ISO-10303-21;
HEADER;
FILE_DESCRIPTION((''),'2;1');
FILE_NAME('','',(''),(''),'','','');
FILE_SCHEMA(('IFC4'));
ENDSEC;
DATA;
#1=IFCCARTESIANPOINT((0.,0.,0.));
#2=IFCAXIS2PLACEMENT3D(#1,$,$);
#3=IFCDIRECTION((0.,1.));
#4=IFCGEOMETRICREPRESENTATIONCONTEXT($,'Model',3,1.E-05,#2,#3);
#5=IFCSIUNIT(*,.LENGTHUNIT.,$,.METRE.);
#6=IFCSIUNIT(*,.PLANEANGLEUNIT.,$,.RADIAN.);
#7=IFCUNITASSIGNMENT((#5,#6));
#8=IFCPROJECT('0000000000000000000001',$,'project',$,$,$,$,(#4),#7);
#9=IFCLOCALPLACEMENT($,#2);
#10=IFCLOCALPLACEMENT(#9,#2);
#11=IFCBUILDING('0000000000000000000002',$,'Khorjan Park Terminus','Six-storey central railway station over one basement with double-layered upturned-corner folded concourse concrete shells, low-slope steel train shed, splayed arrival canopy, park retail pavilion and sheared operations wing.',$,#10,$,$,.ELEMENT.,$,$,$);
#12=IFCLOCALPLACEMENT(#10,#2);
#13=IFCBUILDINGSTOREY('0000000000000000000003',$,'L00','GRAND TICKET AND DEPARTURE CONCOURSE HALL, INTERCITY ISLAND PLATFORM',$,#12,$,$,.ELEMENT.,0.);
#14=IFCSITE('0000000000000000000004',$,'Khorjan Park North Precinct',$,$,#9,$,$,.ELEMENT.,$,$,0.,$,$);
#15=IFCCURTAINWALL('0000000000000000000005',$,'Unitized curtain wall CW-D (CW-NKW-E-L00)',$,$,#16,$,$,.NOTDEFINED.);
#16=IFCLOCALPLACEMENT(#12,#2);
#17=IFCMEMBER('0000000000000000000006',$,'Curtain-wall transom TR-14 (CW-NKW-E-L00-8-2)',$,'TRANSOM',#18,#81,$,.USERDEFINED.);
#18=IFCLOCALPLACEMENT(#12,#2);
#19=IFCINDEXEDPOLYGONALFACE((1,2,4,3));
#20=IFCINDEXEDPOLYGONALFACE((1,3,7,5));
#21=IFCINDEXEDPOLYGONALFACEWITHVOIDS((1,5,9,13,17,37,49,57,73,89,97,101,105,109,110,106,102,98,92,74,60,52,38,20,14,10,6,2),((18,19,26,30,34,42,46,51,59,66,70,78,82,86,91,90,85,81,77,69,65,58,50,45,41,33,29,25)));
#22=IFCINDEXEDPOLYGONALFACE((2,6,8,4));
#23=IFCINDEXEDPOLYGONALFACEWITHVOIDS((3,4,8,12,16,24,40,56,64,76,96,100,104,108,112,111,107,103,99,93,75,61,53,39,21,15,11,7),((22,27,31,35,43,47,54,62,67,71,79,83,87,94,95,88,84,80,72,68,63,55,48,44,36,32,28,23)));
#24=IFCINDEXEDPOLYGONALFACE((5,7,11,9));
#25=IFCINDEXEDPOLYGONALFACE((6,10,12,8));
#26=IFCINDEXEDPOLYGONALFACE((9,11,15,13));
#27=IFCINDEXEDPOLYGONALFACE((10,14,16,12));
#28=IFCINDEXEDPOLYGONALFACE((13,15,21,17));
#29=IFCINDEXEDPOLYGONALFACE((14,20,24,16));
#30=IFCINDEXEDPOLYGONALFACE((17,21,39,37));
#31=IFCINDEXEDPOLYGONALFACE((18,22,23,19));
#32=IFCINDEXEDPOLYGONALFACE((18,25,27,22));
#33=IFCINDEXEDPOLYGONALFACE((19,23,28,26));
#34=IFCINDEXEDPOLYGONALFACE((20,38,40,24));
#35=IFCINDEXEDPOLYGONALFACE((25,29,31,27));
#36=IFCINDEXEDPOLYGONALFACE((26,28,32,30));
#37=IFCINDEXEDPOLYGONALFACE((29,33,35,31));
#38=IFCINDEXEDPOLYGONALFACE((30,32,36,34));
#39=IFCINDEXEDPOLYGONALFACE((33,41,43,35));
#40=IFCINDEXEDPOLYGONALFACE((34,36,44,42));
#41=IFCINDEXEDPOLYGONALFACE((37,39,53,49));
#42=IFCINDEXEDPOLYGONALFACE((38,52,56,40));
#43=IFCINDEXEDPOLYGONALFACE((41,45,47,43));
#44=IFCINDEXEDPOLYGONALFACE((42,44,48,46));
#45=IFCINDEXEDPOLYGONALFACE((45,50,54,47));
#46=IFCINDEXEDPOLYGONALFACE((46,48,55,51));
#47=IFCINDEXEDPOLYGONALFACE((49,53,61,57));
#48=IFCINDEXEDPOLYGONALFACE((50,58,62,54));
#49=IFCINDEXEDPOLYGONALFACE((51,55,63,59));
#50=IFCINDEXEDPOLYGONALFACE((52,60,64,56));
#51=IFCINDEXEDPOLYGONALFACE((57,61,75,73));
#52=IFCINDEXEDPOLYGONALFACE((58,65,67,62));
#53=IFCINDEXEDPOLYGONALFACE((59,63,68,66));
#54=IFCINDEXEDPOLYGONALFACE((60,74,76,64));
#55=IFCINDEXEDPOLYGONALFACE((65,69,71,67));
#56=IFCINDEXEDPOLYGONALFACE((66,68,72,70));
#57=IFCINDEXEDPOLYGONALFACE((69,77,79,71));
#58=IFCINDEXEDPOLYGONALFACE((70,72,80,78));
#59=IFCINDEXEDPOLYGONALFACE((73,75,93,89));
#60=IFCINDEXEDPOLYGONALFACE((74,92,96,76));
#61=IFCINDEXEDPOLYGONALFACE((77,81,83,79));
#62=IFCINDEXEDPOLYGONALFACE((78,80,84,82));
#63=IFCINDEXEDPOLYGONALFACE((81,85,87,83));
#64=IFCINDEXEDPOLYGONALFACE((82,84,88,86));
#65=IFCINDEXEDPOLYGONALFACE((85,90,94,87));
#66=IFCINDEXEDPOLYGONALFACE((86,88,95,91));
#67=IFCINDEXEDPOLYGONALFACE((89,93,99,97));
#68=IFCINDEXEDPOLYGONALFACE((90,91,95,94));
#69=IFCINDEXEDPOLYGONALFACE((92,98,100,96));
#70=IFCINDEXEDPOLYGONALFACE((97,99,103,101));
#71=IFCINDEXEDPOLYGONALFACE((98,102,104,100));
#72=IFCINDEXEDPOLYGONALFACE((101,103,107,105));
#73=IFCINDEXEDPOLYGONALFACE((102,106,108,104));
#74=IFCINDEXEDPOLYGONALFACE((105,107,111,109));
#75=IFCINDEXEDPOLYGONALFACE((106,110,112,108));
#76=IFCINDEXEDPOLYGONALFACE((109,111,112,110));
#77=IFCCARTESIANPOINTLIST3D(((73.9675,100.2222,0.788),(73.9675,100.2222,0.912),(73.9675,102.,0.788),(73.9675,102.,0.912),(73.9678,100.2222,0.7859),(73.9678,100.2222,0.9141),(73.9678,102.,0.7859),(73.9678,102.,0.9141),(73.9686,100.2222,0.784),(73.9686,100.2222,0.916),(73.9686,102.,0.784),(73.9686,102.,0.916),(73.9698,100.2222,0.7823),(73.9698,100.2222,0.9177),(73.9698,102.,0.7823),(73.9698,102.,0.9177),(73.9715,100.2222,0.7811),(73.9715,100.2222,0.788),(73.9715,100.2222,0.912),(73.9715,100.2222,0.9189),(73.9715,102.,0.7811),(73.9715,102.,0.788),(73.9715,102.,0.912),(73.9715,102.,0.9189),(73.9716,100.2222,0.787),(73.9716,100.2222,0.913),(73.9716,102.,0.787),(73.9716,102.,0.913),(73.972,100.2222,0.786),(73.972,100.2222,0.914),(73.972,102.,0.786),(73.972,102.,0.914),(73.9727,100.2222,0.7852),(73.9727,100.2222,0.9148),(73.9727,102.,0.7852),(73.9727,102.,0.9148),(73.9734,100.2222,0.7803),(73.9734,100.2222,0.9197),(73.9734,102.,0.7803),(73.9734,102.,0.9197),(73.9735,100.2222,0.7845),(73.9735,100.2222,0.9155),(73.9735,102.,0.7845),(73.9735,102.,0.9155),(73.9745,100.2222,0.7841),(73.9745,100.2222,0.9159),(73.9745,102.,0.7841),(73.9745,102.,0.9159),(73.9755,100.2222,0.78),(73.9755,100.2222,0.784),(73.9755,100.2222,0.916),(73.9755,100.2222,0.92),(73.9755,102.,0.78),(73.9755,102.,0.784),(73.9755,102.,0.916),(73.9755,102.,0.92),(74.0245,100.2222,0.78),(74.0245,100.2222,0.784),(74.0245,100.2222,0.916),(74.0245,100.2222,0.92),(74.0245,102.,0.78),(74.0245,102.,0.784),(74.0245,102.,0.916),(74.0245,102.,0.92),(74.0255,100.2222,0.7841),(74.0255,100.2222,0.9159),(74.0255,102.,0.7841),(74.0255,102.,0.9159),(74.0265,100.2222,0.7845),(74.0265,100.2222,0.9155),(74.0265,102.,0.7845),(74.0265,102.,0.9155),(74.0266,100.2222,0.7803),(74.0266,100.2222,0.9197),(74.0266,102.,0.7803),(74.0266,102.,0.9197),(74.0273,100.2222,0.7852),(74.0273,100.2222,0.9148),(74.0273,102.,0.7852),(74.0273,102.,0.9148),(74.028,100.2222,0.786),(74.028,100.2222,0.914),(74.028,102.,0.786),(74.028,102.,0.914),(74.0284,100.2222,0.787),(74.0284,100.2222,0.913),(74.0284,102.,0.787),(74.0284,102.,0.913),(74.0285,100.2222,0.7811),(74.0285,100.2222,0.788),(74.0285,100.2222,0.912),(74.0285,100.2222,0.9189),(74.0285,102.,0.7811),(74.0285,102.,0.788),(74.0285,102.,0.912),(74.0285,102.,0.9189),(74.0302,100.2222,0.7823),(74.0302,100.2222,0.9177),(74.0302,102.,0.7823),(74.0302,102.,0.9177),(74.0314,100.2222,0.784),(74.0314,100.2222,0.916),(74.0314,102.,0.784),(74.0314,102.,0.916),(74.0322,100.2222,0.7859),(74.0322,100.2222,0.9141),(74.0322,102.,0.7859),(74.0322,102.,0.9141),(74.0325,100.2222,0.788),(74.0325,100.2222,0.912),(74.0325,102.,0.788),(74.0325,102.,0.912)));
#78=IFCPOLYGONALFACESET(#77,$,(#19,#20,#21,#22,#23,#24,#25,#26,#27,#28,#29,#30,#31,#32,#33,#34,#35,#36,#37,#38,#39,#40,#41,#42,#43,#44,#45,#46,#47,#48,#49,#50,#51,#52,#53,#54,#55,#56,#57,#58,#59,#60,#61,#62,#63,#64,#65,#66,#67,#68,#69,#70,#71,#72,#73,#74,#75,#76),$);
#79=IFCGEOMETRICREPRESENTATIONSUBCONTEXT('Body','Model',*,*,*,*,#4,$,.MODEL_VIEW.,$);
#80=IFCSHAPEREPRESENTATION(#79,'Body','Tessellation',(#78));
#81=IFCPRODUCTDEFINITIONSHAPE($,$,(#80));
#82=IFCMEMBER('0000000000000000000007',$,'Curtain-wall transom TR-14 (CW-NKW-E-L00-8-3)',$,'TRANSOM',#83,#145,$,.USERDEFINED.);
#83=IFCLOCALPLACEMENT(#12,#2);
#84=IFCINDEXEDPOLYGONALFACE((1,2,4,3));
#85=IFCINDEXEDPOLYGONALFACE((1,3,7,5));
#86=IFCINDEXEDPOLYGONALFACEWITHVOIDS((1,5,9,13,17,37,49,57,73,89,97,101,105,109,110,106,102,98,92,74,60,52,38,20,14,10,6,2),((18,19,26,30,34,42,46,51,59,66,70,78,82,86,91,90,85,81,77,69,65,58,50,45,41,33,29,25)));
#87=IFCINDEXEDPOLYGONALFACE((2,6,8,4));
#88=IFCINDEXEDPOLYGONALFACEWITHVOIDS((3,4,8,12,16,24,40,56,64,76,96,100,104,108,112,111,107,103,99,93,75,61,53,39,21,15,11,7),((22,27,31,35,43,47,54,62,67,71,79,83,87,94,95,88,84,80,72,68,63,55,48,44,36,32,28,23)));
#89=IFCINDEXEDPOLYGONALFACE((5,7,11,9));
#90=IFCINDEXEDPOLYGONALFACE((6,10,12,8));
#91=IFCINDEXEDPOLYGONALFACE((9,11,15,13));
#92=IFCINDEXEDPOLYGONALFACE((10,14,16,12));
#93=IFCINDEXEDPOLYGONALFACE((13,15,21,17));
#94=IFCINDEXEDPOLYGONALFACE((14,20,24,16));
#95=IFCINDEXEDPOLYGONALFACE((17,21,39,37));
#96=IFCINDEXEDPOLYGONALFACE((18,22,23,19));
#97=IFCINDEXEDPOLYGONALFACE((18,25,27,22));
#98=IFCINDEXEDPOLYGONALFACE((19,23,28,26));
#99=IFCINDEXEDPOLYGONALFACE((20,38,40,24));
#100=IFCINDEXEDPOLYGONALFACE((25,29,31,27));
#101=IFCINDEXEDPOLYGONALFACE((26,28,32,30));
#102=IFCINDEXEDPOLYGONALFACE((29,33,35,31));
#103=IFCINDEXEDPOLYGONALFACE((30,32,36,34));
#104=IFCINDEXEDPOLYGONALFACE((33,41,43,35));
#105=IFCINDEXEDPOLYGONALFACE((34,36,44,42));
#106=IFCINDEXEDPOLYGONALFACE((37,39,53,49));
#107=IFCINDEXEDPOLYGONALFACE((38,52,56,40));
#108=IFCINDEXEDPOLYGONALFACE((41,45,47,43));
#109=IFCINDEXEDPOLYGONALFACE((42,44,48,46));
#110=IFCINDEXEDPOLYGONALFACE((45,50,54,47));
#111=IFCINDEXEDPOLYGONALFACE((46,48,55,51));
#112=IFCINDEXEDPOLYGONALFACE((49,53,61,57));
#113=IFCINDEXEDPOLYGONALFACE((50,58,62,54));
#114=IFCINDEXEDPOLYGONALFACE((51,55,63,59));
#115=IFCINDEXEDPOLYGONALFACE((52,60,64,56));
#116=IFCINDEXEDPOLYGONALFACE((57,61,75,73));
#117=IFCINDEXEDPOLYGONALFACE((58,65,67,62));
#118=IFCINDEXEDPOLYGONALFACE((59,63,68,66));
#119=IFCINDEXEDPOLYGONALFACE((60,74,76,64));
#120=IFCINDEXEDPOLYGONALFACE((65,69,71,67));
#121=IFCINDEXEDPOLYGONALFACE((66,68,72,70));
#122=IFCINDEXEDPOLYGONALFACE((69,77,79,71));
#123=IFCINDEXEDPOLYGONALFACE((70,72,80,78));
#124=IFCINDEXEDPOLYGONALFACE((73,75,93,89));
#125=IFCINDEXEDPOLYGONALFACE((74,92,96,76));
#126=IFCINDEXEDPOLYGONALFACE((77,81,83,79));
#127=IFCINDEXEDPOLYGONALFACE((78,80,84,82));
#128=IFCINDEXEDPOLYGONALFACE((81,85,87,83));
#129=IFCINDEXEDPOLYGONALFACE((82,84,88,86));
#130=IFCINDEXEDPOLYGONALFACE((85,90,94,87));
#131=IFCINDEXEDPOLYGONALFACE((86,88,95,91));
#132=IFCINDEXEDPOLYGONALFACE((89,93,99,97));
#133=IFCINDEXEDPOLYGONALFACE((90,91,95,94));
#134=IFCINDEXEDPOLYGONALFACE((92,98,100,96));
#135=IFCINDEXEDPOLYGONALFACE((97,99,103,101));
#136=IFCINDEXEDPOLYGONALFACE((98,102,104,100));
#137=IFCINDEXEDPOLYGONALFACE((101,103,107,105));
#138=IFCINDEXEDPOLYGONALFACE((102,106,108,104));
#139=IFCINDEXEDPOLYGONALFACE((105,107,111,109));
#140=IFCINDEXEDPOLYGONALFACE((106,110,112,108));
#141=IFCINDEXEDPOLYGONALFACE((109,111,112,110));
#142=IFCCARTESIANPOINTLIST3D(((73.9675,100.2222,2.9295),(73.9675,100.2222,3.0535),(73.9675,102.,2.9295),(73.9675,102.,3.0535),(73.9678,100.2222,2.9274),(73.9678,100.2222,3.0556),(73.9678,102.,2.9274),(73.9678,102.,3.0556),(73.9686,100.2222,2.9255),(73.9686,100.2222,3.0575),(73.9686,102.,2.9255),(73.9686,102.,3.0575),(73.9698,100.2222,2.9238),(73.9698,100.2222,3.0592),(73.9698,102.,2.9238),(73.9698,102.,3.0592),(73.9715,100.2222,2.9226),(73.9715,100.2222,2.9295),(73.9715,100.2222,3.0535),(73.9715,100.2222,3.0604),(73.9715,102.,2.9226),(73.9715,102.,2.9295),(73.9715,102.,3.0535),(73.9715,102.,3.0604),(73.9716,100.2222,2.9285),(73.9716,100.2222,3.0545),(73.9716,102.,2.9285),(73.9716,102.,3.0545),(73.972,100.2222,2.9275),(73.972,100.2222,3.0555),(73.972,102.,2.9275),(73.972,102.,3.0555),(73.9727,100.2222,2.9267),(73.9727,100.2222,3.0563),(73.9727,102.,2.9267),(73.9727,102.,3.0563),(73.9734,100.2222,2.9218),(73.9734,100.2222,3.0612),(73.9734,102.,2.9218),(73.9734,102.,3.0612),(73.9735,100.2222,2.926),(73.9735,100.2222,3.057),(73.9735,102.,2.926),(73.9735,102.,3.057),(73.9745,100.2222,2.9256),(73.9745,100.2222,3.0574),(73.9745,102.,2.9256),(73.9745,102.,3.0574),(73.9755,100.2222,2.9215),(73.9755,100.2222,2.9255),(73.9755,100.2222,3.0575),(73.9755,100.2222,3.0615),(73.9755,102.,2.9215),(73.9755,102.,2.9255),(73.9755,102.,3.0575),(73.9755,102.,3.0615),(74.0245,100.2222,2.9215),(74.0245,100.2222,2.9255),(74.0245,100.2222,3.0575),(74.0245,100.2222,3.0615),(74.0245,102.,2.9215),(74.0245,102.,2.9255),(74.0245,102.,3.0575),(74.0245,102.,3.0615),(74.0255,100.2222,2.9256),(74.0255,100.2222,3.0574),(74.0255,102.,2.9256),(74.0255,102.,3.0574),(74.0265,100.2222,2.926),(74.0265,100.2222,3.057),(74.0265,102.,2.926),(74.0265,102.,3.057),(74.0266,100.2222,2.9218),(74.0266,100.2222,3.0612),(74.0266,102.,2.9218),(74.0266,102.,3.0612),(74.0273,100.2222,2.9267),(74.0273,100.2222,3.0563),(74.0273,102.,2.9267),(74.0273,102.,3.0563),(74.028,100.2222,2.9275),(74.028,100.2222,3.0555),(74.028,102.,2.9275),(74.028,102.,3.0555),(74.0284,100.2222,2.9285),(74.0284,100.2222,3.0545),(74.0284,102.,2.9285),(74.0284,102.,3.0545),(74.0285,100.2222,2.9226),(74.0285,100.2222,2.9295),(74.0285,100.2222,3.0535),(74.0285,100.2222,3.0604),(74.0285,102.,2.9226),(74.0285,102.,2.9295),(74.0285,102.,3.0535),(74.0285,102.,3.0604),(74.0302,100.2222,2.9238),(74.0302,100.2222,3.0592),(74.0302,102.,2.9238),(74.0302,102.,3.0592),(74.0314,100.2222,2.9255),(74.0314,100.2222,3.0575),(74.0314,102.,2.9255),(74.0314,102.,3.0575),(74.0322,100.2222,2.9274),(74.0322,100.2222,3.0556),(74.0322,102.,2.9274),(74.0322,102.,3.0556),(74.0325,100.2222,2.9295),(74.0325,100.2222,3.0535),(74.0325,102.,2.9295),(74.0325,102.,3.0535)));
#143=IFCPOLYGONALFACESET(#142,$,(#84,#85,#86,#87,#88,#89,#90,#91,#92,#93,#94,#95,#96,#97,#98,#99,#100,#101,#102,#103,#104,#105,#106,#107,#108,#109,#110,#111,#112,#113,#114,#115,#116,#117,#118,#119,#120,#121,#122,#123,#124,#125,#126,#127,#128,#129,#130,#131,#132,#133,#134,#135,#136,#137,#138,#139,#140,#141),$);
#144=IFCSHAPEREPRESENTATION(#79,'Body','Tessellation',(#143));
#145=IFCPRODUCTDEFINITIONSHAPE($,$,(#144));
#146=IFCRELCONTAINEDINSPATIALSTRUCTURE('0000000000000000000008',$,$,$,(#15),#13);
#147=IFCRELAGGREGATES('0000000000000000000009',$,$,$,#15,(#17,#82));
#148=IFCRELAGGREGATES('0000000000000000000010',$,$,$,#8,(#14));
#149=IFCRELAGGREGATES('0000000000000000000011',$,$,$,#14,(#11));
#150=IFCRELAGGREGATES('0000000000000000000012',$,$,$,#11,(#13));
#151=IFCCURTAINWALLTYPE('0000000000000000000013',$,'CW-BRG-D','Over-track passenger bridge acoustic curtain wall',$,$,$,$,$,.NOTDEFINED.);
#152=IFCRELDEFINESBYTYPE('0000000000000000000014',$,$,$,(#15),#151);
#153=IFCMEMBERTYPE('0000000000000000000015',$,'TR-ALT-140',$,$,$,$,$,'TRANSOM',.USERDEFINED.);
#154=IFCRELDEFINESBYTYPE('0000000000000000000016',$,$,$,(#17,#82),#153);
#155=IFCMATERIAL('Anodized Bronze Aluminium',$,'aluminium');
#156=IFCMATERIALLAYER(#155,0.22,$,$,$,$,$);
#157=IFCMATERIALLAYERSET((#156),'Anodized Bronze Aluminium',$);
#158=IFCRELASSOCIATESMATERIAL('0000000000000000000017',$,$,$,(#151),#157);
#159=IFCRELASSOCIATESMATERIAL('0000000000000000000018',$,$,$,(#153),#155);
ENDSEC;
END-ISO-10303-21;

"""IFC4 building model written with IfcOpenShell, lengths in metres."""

from ifc_helpers import new_model, si_unit, direction, frame, origin, origin_2d, place, context, subcontext, project, spatial, hollow_rectangle, extrude, material, layer, layer_set, material_profile, profile_set, type_object, element, aggregate, save


model = new_model("IFC4")

# Units and contexts
model_context = context("Model", 3, precision=1e-05, world=origin(), true_north=direction((0.0, 1.0)))
body_context = subcontext(model_context, "Body", "Model", "MODEL_VIEW")
ifc_project = project(units=[si_unit("LENGTHUNIT", "METRE"), si_unit("PLANEANGLEUNIT", "RADIAN")], contexts=[model_context])

# Site, building, storey
site_placement = place(None, origin())
site = spatial("IfcSite", under=ifc_project, at=site_placement, Name="Khorjan Park North Precinct", CompositionType="ELEMENT", RefElevation=0.0)
building_placement = place(site_placement, origin())
building = spatial("IfcBuilding", under=site, at=building_placement, Name="Khorjan Park Terminus", Description="Six-storey central railway station over one basement with double-layered upturned-corner folded concourse concrete shells, low-slope steel train shed, splayed arrival canopy, park retail pavilion and sheared operations wing.", CompositionType="ELEMENT")
storey_placement = place(building_placement, origin())
storey = spatial("IfcBuildingStorey", under=building, at=storey_placement, Name="L00", Description="GRAND TICKET AND DEPARTURE CONCOURSE HALL, INTERCITY ISLAND PLATFORM", CompositionType="ELEMENT", Elevation=0.0)

# Curtain wall, members
ifc_material_1 = material(Name="Anodized Bronze Aluminium", Category="aluminium")
ifc_layer_1 = layer(ifc_material_1, 0.22)
ifc_layer_set_1 = layer_set([ifc_layer_1], Name="Anodized Bronze Aluminium")
curtain_wall_type = type_object("IfcCurtainWallType", Name="CW-BRG-D", Description="Over-track passenger bridge acoustic curtain wall", PredefinedType="NOTDEFINED", material=ifc_layer_set_1)
curtain_wall_placement = place(storey_placement, origin())
curtain_wall = element("IfcCurtainWall", 1, at=curtain_wall_placement, inside=storey, type_object=curtain_wall_type, Name="Unitized curtain wall CW-D (CW-NKW-E-L00)", PredefinedType="NOTDEFINED")
ifc_material_profile_1 = material_profile(ifc_material_1, hollow_rectangle(XDim=0.065, YDim=0.14, WallThickness=0.004, InnerFilletRadius=0.004, OuterFilletRadius=0.008, at=origin_2d()), Name="ALT 65x140x4")
ifc_profile_set_1 = profile_set([ifc_material_profile_1], Name="Anodized Bronze Aluminium")
member_type_1 = type_object("IfcMemberType", Name="TR-ALT-140", ElementType="TRANSOM", PredefinedType="USERDEFINED", material=ifc_profile_set_1)
member_1_placement = place(storey_placement, frame((74.0, 100.2222, 0.85), z_axis=(0.0, 1.0, 0.0), x_axis=(-1.0, 0.0, 0.0)))
member_1 = element("IfcMember", 2, at=member_1_placement, type_object=member_type_1, Name="Curtain-wall transom TR-14 (CW-NKW-E-L00-8-2)", ObjectType="TRANSOM", PredefinedType="USERDEFINED", context=body_context, shape_type="SweptSolid", body=[
    extrude(hollow_rectangle(XDim=0.065, YDim=0.14, WallThickness=0.004, InnerFilletRadius=0.004, OuterFilletRadius=0.008, at=origin_2d()), origin(), (0.0, 0.0, 1.0), 1.7778),
])
member_2_placement = place(storey_placement, frame((74.0, 100.2222, 2.9915), z_axis=(0.0, 1.0, 0.0), x_axis=(-1.0, 0.0, 0.0)))
member_2 = element("IfcMember", 3, at=member_2_placement, type_object=member_type_1, Name="Curtain-wall transom TR-14 (CW-NKW-E-L00-8-3)", ObjectType="TRANSOM", PredefinedType="USERDEFINED", context=body_context, shape_type="SweptSolid", body=[
    extrude(hollow_rectangle(XDim=0.065, YDim=0.14, WallThickness=0.004, InnerFilletRadius=0.004, OuterFilletRadius=0.008, at=origin_2d()), origin(), (0.0, 0.0, 1.0), 1.7778),
])
aggregate(curtain_wall, [member_1, member_2])

save(model, "model.ifc")
